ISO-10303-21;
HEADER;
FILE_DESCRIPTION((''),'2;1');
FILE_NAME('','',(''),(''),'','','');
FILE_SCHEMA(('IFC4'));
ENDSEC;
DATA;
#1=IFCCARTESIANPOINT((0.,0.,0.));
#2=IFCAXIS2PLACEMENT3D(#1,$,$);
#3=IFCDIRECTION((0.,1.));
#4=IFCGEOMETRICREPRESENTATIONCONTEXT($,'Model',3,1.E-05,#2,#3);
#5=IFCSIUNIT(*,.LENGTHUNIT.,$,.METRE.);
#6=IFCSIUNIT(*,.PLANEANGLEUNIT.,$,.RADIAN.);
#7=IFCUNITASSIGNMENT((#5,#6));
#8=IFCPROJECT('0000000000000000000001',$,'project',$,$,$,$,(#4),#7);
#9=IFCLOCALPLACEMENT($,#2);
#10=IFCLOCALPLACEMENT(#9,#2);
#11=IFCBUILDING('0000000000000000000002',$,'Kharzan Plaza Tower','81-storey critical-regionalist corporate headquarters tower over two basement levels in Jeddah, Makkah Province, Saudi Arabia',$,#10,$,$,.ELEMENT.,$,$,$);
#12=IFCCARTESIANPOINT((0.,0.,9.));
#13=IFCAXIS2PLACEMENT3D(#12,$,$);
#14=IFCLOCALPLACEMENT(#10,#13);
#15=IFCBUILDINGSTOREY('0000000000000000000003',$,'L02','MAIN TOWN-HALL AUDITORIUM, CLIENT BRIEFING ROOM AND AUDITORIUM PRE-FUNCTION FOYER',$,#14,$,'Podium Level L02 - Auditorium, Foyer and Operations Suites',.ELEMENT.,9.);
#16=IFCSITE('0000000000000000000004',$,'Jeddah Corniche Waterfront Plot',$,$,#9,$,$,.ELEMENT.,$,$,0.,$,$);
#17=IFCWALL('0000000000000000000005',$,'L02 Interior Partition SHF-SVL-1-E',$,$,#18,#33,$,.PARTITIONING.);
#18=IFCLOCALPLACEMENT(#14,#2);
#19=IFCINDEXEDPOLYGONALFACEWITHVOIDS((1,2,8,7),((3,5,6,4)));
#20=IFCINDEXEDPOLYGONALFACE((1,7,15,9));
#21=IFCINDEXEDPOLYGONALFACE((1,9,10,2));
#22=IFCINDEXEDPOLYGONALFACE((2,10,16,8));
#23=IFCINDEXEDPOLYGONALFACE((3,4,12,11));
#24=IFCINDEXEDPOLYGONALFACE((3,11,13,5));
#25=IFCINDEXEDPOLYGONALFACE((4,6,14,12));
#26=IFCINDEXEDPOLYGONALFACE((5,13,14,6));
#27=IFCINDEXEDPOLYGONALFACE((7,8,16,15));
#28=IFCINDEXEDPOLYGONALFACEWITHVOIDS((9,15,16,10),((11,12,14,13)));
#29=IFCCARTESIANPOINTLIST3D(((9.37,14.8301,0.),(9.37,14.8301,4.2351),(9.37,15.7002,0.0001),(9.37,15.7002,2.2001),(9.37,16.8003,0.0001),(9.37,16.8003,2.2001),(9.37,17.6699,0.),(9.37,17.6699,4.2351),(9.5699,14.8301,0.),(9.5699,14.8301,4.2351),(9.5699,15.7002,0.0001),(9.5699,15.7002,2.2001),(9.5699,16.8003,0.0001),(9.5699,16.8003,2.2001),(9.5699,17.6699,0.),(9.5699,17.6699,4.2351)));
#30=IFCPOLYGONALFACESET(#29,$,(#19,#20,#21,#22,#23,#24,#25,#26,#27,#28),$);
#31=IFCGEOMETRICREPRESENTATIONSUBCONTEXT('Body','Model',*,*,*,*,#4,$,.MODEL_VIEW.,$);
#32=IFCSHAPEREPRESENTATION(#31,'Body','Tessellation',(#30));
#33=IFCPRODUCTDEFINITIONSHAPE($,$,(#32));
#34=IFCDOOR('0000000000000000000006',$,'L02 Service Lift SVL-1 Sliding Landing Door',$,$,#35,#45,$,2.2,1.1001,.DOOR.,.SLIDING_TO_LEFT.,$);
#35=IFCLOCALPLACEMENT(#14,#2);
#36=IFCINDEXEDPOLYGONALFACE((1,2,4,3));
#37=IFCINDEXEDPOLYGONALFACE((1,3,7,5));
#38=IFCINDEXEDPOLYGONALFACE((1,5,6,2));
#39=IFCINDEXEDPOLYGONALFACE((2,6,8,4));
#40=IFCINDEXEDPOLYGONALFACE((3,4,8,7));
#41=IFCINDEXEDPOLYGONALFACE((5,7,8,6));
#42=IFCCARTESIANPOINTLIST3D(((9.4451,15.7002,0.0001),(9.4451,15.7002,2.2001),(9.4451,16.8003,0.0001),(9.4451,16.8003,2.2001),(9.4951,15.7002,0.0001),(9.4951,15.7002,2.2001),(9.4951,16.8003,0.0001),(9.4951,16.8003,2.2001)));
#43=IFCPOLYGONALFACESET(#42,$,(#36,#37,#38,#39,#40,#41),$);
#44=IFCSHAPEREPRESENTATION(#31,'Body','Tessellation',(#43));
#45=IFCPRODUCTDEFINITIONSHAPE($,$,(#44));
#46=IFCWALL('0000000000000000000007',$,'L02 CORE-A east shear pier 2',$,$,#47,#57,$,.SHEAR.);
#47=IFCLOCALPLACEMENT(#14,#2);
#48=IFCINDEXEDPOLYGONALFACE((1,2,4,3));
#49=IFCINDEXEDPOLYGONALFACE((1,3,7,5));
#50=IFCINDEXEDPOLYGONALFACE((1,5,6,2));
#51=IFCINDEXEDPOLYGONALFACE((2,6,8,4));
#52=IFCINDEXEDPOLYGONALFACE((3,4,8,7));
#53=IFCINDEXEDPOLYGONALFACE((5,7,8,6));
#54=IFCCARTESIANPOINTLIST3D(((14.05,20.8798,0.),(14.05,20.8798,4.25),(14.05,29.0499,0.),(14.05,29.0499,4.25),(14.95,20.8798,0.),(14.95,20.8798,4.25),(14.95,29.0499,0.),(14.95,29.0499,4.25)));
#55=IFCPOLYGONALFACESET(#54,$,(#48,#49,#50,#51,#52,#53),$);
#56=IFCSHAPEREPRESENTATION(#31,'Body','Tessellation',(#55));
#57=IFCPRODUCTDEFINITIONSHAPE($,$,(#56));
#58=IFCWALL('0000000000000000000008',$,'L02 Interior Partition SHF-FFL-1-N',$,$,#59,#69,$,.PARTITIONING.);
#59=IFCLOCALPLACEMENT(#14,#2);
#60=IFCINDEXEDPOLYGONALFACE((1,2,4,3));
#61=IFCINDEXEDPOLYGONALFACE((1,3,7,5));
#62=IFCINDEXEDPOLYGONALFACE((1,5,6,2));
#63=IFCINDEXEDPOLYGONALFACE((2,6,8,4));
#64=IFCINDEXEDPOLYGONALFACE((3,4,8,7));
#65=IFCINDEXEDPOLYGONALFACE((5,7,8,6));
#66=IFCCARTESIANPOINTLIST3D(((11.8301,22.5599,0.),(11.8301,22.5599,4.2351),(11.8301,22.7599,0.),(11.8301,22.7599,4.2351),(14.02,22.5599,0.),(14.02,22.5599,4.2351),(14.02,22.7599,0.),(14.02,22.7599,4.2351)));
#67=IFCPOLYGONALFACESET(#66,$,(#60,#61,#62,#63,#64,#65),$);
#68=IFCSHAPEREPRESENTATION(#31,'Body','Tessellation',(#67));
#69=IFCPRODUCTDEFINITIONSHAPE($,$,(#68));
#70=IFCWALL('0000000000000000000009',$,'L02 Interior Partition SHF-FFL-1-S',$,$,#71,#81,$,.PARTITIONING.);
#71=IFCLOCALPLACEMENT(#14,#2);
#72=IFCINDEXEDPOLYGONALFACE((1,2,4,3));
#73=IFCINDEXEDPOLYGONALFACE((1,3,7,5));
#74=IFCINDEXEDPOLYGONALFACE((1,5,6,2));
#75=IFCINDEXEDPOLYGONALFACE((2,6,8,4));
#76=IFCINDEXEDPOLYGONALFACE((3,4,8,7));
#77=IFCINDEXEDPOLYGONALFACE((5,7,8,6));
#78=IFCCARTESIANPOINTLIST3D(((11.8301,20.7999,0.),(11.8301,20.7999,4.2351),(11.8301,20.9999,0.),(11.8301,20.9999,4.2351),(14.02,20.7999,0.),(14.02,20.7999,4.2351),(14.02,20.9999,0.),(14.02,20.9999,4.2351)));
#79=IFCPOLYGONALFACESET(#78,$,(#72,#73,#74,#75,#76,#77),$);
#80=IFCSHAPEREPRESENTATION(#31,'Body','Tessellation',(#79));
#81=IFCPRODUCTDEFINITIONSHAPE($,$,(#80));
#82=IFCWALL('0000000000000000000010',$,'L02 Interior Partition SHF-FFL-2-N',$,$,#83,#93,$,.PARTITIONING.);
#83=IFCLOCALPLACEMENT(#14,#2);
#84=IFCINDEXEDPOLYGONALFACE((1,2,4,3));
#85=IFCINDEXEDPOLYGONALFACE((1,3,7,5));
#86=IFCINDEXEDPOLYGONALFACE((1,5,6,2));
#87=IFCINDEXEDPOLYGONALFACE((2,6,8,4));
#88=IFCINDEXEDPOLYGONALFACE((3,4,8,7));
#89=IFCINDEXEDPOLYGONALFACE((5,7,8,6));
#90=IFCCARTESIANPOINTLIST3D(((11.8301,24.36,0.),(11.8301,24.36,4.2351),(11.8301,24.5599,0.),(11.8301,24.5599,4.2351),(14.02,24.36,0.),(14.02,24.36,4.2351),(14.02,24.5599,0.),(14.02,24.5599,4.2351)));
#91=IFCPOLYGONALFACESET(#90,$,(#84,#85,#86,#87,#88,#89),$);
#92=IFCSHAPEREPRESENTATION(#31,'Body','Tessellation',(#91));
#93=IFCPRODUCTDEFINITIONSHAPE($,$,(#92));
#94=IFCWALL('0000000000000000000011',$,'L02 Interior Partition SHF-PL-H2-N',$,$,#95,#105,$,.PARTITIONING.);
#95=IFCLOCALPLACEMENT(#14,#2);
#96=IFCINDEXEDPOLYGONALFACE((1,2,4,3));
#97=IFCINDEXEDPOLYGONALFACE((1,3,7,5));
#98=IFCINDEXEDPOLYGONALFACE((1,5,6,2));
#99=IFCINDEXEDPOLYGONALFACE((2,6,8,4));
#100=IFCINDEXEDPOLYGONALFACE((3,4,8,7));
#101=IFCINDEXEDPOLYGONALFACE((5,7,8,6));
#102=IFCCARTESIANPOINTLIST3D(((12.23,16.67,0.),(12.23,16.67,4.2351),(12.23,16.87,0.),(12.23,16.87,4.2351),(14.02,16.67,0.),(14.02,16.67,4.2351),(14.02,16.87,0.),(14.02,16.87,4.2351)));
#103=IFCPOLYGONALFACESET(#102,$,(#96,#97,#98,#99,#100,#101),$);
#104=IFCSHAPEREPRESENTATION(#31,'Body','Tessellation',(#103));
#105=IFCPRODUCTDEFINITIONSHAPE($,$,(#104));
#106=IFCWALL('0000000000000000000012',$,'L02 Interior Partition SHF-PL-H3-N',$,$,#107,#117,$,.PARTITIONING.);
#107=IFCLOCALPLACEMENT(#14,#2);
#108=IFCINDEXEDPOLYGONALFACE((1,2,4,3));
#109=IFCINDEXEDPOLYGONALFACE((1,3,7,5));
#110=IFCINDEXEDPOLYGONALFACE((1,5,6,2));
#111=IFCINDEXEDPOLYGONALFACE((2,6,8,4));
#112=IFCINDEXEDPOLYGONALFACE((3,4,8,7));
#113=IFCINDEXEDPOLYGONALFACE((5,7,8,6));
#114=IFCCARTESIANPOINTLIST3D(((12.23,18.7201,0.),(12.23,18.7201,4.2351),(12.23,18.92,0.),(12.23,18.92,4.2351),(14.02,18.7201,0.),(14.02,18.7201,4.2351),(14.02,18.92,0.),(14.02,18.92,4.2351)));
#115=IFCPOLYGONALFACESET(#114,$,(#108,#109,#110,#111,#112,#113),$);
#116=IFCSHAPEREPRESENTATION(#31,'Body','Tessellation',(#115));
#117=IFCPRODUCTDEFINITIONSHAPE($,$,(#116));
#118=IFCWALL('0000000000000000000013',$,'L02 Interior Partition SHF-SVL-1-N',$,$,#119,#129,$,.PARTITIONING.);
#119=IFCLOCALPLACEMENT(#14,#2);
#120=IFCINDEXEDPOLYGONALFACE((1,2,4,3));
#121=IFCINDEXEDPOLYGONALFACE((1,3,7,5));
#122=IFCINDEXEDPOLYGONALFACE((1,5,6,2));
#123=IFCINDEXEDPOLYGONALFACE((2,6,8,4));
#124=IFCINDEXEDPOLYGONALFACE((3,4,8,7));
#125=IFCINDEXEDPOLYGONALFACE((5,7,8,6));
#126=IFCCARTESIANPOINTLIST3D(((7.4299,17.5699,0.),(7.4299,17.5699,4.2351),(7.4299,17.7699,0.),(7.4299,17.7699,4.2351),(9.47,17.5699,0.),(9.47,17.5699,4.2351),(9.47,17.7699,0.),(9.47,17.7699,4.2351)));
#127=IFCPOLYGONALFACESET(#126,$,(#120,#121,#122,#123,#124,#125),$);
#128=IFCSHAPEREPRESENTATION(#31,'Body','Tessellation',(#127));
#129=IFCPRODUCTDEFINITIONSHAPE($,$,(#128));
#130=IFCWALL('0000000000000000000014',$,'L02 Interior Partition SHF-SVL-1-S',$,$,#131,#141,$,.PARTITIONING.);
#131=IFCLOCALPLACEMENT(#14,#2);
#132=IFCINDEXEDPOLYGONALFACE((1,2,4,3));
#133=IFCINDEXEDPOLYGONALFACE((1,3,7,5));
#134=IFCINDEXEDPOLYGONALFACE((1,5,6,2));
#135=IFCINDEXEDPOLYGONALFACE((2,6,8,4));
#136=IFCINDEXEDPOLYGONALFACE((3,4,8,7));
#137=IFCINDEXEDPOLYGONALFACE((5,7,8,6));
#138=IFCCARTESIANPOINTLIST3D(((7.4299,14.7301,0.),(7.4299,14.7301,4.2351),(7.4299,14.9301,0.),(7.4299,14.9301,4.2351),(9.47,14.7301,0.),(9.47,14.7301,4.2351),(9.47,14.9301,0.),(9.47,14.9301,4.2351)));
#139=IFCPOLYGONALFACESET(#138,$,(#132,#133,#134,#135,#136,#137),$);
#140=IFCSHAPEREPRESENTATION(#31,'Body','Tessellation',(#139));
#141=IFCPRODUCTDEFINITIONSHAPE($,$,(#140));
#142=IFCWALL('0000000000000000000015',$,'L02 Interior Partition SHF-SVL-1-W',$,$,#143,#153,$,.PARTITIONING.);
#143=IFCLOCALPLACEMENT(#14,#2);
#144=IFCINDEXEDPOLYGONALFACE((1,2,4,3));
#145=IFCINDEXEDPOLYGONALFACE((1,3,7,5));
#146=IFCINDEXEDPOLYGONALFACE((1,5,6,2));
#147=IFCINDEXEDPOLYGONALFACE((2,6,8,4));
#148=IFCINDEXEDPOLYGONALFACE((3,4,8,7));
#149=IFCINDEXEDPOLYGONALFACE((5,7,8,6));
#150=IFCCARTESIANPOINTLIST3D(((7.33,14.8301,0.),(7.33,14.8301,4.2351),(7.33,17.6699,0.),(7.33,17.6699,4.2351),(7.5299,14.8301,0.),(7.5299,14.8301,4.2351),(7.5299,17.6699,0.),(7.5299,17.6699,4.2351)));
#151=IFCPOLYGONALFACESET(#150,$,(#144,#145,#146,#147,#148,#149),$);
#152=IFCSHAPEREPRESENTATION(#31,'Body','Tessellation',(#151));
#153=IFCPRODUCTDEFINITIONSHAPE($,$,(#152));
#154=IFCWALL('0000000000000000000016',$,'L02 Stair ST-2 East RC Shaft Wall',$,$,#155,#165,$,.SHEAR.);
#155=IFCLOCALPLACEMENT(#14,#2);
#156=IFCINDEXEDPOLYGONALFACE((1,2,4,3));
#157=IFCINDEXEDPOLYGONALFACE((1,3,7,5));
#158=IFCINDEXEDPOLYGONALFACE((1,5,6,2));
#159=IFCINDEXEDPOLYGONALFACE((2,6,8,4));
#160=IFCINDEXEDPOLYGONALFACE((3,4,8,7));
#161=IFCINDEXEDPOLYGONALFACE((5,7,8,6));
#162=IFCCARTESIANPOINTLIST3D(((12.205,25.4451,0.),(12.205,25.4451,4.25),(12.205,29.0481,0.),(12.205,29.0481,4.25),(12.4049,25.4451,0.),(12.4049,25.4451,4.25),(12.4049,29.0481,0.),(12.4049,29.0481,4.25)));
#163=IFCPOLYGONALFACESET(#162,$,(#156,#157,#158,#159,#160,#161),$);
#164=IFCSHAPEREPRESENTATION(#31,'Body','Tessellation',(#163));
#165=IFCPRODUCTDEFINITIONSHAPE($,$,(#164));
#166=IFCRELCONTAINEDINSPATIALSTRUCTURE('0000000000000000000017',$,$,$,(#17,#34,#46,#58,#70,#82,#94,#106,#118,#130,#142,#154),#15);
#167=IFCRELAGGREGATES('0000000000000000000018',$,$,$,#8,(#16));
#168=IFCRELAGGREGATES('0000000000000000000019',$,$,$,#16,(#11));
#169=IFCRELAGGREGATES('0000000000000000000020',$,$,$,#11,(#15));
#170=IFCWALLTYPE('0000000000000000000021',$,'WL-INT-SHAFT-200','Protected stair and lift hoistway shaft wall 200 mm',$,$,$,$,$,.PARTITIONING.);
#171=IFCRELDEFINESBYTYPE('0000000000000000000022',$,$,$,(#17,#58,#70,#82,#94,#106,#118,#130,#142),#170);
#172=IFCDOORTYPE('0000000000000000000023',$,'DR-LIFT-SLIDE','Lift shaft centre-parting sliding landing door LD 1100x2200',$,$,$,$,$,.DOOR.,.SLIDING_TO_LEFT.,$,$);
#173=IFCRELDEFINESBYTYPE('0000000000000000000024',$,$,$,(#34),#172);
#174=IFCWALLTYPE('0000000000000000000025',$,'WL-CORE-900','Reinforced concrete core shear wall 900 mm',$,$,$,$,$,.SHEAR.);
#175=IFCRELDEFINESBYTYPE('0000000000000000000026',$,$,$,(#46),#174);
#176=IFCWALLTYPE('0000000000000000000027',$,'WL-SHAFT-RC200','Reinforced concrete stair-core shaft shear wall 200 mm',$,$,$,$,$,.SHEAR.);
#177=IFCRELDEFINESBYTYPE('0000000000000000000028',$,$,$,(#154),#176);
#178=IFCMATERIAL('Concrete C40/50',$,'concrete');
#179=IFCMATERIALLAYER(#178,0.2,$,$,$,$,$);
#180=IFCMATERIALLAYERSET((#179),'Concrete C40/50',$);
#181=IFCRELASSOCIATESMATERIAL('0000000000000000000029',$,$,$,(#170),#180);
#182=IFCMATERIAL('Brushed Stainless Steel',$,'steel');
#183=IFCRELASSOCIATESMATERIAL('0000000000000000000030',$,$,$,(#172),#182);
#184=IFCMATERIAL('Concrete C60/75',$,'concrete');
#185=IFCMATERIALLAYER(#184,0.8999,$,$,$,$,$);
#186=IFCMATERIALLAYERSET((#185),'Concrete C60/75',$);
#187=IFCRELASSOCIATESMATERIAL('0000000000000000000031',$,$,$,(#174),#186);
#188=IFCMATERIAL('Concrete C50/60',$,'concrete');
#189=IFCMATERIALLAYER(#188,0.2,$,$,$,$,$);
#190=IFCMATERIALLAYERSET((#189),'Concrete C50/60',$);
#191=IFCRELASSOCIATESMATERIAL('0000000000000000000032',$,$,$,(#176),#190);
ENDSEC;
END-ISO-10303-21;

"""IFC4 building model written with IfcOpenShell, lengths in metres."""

from ifc_helpers import new_model, si_unit, direction, frame, frame_2d, origin, place, context, subcontext, project, spatial, rectangle, extrude, source, transform, mapped, material, layer, layer_set, type_object, element, fill, save


model = new_model("IFC4")

# Units and contexts
model_context = context("Model", 3, precision=1e-05, world=origin(), true_north=direction((0.0, 1.0)))
body_context = subcontext(model_context, "Body", "Model", "MODEL_VIEW")
ifc_project = project(units=[si_unit("LENGTHUNIT", "METRE"), si_unit("PLANEANGLEUNIT", "RADIAN")], contexts=[model_context])

# Site, building, storey
site_placement = place(None, origin())
site = spatial("IfcSite", under=ifc_project, at=site_placement, Name="Jeddah Corniche Waterfront Plot", CompositionType="ELEMENT", RefElevation=0.0)
building_placement = place(site_placement, origin())
building = spatial("IfcBuilding", under=site, at=building_placement, Name="Kharzan Plaza Tower", Description="81-storey critical-regionalist corporate headquarters tower over two basement levels in Jeddah, Makkah Province, Saudi Arabia", CompositionType="ELEMENT")
storey_placement = place(building_placement, frame((0.0, 0.0, 9.0)))
storey = spatial("IfcBuildingStorey", under=building, at=storey_placement, Name="L02", Description="MAIN TOWN-HALL AUDITORIUM, CLIENT BRIEFING ROOM AND AUDITORIUM PRE-FUNCTION FOYER", LongName="Podium Level L02 - Auditorium, Foyer and Operations Suites", CompositionType="ELEMENT", Elevation=9.0)

# Shared definitions
ifc_material_1 = material(Name="Concrete C60/75", Category="concrete")

# Wall, opening, door
ifc_material_2 = material(Name="Concrete C40/50", Category="concrete")
ifc_layer_1 = layer(ifc_material_2, 0.2)
ifc_layer_set_1 = layer_set([ifc_layer_1], Name="Concrete C40/50")
wall_type_1 = type_object("IfcWallType", Name="WL-INT-SHAFT-200", Description="Protected stair and lift hoistway shaft wall 200 mm", PredefinedType="PARTITIONING", material=ifc_layer_set_1)
ifc_material_3 = material(Name="Brushed Stainless Steel", Category="steel")
door_type = type_object("IfcDoorType", Name="DR-LIFT-SLIDE", Description="Lift shaft centre-parting sliding landing door LD 1100x2200", OperationType="SLIDING_TO_LEFT", PredefinedType="DOOR", material=ifc_material_3)
shared_shape_1 = source(origin(), body_context, "Body", "SweptSolid", [
    extrude(rectangle(XDim=1.1001, YDim=2.2, at=frame_2d((0.55, 1.1001))), frame((0.0, 0.0249, 0.0), z_axis=(0.0, -1.0, 0.0), x_axis=(1.0, 0.0, 0.0)), (0.0, 0.0, 1.0), 0.05),
])
wall_1_placement = place(storey_placement, frame((9.47, 14.8301, 0.0), z_axis=(0.0, 0.0, 1.0), x_axis=(0.0, 1.0, 0.0)))
wall_1 = element("IfcWall", 1, at=wall_1_placement, inside=storey, type_object=wall_type_1, Name="L02 Interior Partition SHF-SVL-1-E", PredefinedType="PARTITIONING", context=body_context, shape_type="SweptSolid", body=[
    extrude(rectangle(XDim=2.8398, YDim=0.2, at=frame_2d((1.4199, 0.0))), origin(), (0.0, 0.0, 1.0), 4.2351),
])
opening_1_placement = place(wall_1_placement, frame((0.8701, 0.0, 0.0)))
opening_1 = element("IfcOpeningElement", 2, at=opening_1_placement, cuts=wall_1, PredefinedType="OPENING", context=body_context, shape_type="SweptSolid", body=[
    extrude(rectangle(XDim=1.1001, YDim=2.2, at=frame_2d((0.55, 1.1001))), frame((0.0, 0.1099, 0.0), z_axis=(0.0, -1.0, 0.0), x_axis=(1.0, 0.0, 0.0)), (0.0, 0.0, 1.0), 0.22),
])
door_1_placement = place(opening_1_placement, origin())
door_1 = element("IfcDoor", 3, at=door_1_placement, inside=storey, type_object=door_type, Name="L02 Service Lift SVL-1 Sliding Landing Door", OperationType="SLIDING_TO_LEFT", OverallHeight=2.2, OverallWidth=1.1001, PredefinedType="DOOR", context=body_context, shape_type="MappedRepresentation", body=[
    mapped(shared_shape_1, transform((0.0, 0.0, 0.0), x_axis=(1.0, 0.0, 0.0), y_axis=(0.0, 1.0, 0.0), z_axis=(0.0, 0.0, 1.0))),
])
fill(opening_1, door_1)

# Walls
ifc_layer_2 = layer(ifc_material_1, 0.8999)
ifc_layer_set_2 = layer_set([ifc_layer_2], Name="Concrete C60/75")
wall_type_2 = type_object("IfcWallType", Name="WL-CORE-900", Description="Reinforced concrete core shear wall 900 mm", PredefinedType="SHEAR", material=ifc_layer_set_2)
shared_shape_2 = source(origin(), body_context, "Body", "SweptSolid", [
    extrude(rectangle(XDim=8.1702, YDim=0.8999, at=frame_2d((4.085, 0.0))), origin(), (0.0, 0.0, 1.0), 4.25),
])
wall_2_placement = place(storey_placement, frame((14.5, 20.8799, 0.0), z_axis=(0.0, 0.0, 1.0), x_axis=(0.0, 1.0, 0.0)))
element("IfcWall", 4, at=wall_2_placement, inside=storey, type_object=wall_type_2, Name="L02 CORE-A east shear pier 2", PredefinedType="SHEAR", context=body_context, shape_type="MappedRepresentation", body=[
    mapped(shared_shape_2, transform((0.0, 0.0, 0.0), x_axis=(1.0, 0.0, 0.0), y_axis=(0.0, 1.0, 0.0), z_axis=(0.0, 0.0, 1.0))),
])
shared_shape_3 = source(origin(), body_context, "Body", "SweptSolid", [
    extrude(rectangle(XDim=2.1899, YDim=0.2, at=frame_2d((1.095, 0.0))), origin(), (0.0, 0.0, 1.0), 4.2351),
])
for number, where, z_axis, x_axis, name in (
    (5, (11.8301, 22.6599, 0.0), (0.0, 0.0, 1.0), (1.0, 0.0, 0.0), "L02 Interior Partition SHF-FFL-1-N"),
    (6, (11.8301, 20.8999, 0.0), (0.0, 0.0, 1.0), (1.0, 0.0, 0.0), "L02 Interior Partition SHF-FFL-1-S"),
    (7, (11.8301, 24.46, 0.0), (0.0, 0.0, 1.0), (1.0, 0.0, 0.0), "L02 Interior Partition SHF-FFL-2-N"),
):
    element("IfcWall", number, at=place(storey_placement, frame(where, z_axis=z_axis, x_axis=x_axis)), inside=storey, type_object=wall_type_1, Name=name, PredefinedType="PARTITIONING", context=body_context, shape_type="MappedRepresentation", body=[
        mapped(shared_shape_3, transform((0.0, 0.0, 0.0), x_axis=(1.0, 0.0, 0.0), y_axis=(0.0, 1.0, 0.0), z_axis=(0.0, 0.0, 1.0))),
    ])
shared_shape_4 = source(origin(), body_context, "Body", "SweptSolid", [
    extrude(rectangle(XDim=1.79, YDim=0.2, at=frame_2d((0.895, 0.0))), origin(), (0.0, 0.0, 1.0), 4.2351),
])
for number, where, z_axis, x_axis, name in (
    (8, (12.23, 16.77, 0.0), (0.0, 0.0, 1.0), (1.0, 0.0, 0.0), "L02 Interior Partition SHF-PL-H2-N"),
    (9, (12.23, 18.8201, 0.0), (0.0, 0.0, 1.0), (1.0, 0.0, 0.0), "L02 Interior Partition SHF-PL-H3-N"),
):
    element("IfcWall", number, at=place(storey_placement, frame(where, z_axis=z_axis, x_axis=x_axis)), inside=storey, type_object=wall_type_1, Name=name, PredefinedType="PARTITIONING", context=body_context, shape_type="MappedRepresentation", body=[
        mapped(shared_shape_4, transform((0.0, 0.0, 0.0), x_axis=(1.0, 0.0, 0.0), y_axis=(0.0, 1.0, 0.0), z_axis=(0.0, 0.0, 1.0))),
    ])
shared_shape_5 = source(origin(), body_context, "Body", "SweptSolid", [
    extrude(rectangle(XDim=2.04, YDim=0.2, at=frame_2d((1.02, 0.0))), origin(), (0.0, 0.0, 1.0), 4.2351),
])
for number, where, z_axis, x_axis, name in (
    (10, (7.4299, 17.6699, 0.0), (0.0, 0.0, 1.0), (1.0, 0.0, 0.0), "L02 Interior Partition SHF-SVL-1-N"),
    (11, (7.4299, 14.8301, 0.0), (0.0, 0.0, 1.0), (1.0, 0.0, 0.0), "L02 Interior Partition SHF-SVL-1-S"),
):
    element("IfcWall", number, at=place(storey_placement, frame(where, z_axis=z_axis, x_axis=x_axis)), inside=storey, type_object=wall_type_1, Name=name, PredefinedType="PARTITIONING", context=body_context, shape_type="MappedRepresentation", body=[
        mapped(shared_shape_5, transform((0.0, 0.0, 0.0), x_axis=(1.0, 0.0, 0.0), y_axis=(0.0, 1.0, 0.0), z_axis=(0.0, 0.0, 1.0))),
    ])
shared_shape_6 = source(origin(), body_context, "Body", "SweptSolid", [
    extrude(rectangle(XDim=2.8398, YDim=0.2, at=frame_2d((1.4199, 0.0))), origin(), (0.0, 0.0, 1.0), 4.2351),
])
wall_3_placement = place(storey_placement, frame((7.4299, 14.8301, 0.0), z_axis=(0.0, 0.0, 1.0), x_axis=(0.0, 1.0, 0.0)))
element("IfcWall", 12, at=wall_3_placement, inside=storey, type_object=wall_type_1, Name="L02 Interior Partition SHF-SVL-1-W", PredefinedType="PARTITIONING", context=body_context, shape_type="MappedRepresentation", body=[
    mapped(shared_shape_6, transform((0.0, 0.0, 0.0), x_axis=(1.0, 0.0, 0.0), y_axis=(0.0, 1.0, 0.0), z_axis=(0.0, 0.0, 1.0))),
])
ifc_material_4 = material(Name="Concrete C50/60", Category="concrete")
ifc_layer_3 = layer(ifc_material_4, 0.2)
ifc_layer_set_3 = layer_set([ifc_layer_3], Name="Concrete C50/60")
wall_type_3 = type_object("IfcWallType", Name="WL-SHAFT-RC200", Description="Reinforced concrete stair-core shaft shear wall 200 mm", PredefinedType="SHEAR", material=ifc_layer_set_3)
shared_shape_7 = source(origin(), body_context, "Body", "SweptSolid", [
    extrude(rectangle(XDim=3.603, YDim=0.2, at=frame_2d((1.8015, 0.0))), origin(), (0.0, 0.0, 1.0), 4.25),
])
wall_4_placement = place(storey_placement, frame((12.3049, 25.4451, 0.0), z_axis=(0.0, 0.0, 1.0), x_axis=(0.0, 1.0, 0.0)))
element("IfcWall", 13, at=wall_4_placement, inside=storey, type_object=wall_type_3, Name="L02 Stair ST-2 East RC Shaft Wall", PredefinedType="SHEAR", context=body_context, shape_type="MappedRepresentation", body=[
    mapped(shared_shape_7, transform((0.0, 0.0, 0.0), x_axis=(1.0, 0.0, 0.0), y_axis=(0.0, 1.0, 0.0), z_axis=(0.0, 0.0, 1.0))),
])

save(model, "model.ifc")
